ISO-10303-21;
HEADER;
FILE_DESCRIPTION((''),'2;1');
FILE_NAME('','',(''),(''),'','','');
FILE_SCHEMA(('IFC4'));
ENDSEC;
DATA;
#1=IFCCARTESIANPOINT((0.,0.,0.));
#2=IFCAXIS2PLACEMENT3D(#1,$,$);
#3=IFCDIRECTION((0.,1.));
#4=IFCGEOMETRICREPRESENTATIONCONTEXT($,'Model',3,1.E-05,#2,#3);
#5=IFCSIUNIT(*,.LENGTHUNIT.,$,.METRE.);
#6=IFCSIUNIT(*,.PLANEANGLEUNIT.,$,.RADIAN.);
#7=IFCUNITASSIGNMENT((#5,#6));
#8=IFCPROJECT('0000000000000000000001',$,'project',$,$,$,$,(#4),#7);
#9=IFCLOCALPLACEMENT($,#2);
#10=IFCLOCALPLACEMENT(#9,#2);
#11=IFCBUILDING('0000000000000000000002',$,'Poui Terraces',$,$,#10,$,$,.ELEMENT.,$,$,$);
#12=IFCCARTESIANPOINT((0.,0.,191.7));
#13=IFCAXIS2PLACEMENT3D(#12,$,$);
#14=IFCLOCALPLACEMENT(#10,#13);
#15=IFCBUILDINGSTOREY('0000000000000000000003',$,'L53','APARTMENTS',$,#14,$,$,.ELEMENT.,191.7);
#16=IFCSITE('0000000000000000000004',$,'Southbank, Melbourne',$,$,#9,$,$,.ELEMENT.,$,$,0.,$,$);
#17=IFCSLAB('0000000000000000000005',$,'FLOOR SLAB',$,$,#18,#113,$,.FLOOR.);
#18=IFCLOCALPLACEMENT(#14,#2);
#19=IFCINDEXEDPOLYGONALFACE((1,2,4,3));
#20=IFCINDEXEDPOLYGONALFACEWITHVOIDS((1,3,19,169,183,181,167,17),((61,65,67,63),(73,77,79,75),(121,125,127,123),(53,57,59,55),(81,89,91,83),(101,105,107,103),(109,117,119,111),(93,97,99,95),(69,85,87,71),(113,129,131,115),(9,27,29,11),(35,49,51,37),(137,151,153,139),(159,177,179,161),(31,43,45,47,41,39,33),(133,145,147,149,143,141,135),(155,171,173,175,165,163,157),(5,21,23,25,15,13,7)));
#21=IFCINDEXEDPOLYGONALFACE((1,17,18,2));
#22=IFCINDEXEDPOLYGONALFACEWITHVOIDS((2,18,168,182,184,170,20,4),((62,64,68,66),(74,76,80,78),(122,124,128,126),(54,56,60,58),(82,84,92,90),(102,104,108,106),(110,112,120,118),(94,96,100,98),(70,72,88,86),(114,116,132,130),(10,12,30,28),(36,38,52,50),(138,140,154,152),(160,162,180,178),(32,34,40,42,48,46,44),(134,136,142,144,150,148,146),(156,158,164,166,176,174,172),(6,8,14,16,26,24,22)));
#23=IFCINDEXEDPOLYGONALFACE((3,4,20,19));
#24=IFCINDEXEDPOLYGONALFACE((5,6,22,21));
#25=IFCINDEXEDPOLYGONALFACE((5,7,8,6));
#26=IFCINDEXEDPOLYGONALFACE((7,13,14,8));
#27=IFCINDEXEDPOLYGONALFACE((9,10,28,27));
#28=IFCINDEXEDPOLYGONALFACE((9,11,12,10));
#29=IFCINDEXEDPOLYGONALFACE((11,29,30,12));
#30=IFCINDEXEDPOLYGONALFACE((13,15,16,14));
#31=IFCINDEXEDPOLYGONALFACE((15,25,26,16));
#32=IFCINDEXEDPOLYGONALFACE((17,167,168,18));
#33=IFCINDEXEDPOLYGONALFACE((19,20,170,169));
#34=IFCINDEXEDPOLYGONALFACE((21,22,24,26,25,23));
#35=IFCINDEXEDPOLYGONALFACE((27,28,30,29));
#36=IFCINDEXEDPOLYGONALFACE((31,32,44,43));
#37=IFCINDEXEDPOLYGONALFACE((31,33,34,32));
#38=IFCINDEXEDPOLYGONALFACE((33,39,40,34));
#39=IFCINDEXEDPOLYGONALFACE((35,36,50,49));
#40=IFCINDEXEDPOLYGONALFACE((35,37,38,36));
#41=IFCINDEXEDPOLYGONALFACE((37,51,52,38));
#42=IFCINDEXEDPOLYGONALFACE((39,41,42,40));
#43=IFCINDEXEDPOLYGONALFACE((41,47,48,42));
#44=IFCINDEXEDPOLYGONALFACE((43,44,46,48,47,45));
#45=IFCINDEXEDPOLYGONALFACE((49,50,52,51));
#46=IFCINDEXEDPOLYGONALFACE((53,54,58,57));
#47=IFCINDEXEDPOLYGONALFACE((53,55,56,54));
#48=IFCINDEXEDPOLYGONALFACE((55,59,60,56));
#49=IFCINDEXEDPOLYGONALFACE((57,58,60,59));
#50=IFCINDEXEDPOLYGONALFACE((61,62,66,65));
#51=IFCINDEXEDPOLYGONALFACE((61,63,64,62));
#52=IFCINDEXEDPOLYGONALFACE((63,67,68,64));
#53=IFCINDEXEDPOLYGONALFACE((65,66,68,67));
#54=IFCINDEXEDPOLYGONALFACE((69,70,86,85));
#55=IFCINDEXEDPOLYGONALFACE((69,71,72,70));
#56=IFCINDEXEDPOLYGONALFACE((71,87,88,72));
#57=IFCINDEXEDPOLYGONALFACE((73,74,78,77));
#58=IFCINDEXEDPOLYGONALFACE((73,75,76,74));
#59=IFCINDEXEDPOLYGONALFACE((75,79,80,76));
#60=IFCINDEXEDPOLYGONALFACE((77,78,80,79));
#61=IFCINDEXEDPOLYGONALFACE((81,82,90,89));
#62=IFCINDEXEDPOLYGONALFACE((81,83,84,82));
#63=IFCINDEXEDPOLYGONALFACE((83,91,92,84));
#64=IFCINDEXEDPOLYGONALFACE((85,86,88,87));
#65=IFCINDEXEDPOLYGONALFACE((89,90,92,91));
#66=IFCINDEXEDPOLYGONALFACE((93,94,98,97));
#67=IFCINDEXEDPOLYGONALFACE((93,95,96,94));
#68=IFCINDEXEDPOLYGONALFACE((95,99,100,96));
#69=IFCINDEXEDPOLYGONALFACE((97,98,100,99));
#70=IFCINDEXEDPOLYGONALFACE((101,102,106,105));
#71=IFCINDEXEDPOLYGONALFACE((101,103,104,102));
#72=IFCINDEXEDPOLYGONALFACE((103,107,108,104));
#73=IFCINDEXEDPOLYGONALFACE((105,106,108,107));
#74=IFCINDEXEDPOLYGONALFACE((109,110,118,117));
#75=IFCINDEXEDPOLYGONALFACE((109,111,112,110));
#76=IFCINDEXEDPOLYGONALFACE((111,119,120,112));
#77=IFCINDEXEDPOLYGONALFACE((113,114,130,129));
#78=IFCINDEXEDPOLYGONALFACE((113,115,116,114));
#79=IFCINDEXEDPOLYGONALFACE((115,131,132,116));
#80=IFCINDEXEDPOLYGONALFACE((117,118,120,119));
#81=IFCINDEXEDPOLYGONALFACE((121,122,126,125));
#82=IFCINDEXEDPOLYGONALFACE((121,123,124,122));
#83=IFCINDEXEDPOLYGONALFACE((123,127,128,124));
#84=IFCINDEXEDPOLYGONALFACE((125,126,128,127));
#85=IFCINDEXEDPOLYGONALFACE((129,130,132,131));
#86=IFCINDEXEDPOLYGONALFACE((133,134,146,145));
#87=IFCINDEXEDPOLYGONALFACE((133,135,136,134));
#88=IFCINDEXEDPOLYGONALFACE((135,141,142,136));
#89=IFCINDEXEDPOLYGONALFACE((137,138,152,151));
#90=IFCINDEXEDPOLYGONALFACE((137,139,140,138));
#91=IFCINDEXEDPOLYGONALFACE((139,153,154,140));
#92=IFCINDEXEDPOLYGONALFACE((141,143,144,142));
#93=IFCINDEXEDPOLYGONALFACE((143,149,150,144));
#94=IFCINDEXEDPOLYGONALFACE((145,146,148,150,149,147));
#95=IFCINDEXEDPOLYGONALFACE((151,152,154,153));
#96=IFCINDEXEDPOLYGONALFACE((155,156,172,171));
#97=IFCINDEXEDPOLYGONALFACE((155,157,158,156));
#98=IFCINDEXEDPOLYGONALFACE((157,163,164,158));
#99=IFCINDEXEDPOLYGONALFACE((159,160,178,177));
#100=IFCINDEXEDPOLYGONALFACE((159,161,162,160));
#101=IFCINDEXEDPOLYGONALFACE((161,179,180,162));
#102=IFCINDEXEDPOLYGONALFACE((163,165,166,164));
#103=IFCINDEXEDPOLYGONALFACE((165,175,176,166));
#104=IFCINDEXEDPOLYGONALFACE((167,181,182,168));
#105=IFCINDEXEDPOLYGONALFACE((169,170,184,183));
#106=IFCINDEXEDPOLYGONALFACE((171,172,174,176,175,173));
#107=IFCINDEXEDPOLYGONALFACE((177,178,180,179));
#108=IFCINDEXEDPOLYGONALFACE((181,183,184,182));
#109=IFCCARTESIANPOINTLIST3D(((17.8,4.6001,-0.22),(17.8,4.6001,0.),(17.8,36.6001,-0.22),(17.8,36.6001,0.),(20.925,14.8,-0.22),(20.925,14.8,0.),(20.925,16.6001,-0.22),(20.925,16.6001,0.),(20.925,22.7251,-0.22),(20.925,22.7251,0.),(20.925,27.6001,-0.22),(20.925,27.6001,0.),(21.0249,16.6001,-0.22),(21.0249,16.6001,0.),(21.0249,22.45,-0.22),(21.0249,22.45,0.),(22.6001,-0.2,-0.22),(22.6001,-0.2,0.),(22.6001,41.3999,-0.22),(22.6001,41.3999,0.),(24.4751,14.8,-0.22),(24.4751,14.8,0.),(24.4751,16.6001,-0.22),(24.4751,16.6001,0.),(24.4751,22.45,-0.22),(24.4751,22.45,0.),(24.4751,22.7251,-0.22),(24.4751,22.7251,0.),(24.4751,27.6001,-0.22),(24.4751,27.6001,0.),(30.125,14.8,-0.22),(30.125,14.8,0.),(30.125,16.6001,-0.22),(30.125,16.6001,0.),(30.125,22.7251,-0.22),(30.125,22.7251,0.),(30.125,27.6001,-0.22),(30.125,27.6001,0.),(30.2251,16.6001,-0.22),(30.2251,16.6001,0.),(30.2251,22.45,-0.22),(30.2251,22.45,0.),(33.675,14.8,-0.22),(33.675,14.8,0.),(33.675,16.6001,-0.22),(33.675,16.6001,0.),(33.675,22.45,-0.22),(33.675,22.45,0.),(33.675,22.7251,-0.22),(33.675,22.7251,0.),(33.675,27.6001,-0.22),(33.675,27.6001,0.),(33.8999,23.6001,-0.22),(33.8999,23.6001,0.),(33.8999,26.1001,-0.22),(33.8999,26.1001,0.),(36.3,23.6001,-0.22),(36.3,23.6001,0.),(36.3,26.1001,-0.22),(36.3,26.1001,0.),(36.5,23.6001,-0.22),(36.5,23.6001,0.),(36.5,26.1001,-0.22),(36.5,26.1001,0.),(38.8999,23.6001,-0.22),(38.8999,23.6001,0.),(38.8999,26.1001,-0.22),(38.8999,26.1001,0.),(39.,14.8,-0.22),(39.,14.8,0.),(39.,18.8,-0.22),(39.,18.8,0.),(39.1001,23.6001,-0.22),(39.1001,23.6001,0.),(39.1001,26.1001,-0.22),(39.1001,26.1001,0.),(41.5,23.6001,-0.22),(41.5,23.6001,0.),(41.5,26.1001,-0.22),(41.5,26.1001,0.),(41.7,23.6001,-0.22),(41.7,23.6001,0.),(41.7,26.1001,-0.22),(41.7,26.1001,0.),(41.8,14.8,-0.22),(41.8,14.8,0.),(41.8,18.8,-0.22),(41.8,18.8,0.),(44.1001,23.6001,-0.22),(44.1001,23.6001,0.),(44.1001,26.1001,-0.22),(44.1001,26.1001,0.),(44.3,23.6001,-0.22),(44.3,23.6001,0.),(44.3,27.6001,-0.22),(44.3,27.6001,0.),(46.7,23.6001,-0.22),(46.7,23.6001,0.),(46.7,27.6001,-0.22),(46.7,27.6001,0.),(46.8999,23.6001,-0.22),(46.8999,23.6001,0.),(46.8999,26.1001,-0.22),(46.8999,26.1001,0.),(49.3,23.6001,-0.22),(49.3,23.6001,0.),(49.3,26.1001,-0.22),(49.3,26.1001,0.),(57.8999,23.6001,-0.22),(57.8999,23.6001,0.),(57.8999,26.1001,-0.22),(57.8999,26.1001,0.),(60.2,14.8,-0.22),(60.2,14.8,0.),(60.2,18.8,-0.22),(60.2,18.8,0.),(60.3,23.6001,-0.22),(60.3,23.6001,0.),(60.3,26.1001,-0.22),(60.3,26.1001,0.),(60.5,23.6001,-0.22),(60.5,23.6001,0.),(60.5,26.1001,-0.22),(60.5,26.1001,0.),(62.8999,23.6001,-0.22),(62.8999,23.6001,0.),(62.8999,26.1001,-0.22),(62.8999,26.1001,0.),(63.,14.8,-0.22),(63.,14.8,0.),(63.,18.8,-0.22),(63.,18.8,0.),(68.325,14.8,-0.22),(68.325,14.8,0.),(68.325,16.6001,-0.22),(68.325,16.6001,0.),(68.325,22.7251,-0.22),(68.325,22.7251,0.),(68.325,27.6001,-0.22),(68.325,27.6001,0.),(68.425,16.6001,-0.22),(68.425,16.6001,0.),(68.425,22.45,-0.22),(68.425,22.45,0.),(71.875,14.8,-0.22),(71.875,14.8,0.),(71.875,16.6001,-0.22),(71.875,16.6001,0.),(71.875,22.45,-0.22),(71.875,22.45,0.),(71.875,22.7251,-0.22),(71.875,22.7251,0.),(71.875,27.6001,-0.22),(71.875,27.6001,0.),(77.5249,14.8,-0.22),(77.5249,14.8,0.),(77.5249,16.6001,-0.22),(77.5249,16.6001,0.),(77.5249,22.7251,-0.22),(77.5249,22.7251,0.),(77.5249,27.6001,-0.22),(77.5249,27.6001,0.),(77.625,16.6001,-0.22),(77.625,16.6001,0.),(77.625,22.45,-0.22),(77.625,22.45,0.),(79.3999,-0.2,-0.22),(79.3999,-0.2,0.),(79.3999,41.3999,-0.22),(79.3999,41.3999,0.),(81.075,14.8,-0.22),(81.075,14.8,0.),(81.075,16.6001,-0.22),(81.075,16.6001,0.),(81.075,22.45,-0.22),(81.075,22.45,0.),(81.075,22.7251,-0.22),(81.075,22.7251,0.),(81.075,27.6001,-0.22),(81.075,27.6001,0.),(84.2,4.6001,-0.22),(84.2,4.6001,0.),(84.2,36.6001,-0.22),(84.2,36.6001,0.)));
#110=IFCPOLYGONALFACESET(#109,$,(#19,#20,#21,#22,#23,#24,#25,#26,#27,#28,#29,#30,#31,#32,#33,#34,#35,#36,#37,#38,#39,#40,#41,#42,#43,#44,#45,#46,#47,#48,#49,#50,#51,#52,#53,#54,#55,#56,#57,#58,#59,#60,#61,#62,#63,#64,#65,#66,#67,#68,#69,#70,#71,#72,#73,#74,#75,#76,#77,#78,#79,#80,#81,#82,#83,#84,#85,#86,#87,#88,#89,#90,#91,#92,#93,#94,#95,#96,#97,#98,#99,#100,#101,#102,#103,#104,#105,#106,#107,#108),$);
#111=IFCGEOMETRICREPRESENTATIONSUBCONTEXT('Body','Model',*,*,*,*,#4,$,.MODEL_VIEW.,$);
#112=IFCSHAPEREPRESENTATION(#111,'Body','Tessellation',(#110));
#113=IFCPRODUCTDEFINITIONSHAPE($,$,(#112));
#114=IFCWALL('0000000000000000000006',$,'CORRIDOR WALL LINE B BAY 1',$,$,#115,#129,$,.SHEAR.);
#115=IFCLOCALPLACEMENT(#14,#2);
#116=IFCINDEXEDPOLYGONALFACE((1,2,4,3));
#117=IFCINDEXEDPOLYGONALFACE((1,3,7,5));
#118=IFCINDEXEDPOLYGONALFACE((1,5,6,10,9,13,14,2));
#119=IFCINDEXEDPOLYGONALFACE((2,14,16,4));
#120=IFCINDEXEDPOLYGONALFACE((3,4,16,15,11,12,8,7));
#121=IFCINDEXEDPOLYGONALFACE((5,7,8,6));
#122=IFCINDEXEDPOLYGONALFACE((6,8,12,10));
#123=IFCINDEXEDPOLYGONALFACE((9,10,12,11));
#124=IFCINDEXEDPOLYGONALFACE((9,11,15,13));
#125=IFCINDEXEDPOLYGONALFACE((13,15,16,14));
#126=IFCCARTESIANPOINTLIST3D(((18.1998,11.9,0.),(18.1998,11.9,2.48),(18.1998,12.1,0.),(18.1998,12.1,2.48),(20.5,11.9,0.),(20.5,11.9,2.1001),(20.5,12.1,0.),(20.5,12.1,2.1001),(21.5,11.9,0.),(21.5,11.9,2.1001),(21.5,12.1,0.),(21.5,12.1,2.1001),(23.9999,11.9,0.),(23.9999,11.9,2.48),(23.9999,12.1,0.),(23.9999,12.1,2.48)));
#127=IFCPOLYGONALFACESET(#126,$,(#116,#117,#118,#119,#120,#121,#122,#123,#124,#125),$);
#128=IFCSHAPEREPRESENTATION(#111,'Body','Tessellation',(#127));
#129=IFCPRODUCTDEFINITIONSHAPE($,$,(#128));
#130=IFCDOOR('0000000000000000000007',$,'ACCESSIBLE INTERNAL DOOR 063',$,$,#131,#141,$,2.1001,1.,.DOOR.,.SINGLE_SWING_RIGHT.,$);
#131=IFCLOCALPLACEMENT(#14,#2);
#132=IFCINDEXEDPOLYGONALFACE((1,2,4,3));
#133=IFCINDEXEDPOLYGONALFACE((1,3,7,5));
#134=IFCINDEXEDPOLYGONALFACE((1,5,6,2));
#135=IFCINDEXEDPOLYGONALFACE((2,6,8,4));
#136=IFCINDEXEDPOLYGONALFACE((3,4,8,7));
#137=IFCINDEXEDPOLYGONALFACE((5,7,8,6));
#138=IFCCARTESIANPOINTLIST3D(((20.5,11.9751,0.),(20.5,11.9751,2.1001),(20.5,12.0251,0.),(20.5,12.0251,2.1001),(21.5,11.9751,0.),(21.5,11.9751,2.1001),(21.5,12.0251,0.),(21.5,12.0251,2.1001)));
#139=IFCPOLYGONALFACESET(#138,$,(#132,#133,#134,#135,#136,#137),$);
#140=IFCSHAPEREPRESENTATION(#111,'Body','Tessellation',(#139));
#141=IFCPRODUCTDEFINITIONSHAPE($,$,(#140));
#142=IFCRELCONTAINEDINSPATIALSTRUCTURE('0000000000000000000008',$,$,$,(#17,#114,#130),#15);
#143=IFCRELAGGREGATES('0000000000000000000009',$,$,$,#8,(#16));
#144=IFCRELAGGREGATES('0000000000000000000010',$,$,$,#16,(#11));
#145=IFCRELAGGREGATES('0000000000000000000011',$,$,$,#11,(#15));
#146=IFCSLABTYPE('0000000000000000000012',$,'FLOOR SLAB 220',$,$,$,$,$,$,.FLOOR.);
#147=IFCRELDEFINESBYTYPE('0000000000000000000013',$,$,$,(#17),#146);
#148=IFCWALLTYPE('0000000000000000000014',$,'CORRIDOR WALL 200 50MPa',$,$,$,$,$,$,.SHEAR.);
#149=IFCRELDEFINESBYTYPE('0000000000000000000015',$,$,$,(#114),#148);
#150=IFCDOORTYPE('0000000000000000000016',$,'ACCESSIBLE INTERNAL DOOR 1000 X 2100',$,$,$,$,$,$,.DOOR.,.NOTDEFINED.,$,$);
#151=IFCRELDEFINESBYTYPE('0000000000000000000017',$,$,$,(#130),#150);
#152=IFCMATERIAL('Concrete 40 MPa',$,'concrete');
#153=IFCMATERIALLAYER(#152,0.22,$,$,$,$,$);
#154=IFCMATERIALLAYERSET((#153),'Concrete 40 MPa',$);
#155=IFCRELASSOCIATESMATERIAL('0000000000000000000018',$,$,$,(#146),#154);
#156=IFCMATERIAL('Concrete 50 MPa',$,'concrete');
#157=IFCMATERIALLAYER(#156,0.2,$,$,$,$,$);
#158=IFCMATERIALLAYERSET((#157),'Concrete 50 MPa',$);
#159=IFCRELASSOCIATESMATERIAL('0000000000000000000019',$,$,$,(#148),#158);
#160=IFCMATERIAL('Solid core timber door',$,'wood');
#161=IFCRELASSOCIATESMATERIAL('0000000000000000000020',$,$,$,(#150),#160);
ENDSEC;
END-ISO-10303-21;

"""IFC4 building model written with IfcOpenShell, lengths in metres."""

from ifc_helpers import new_model, si_unit, direction, frame, frame_2d, origin, place, context, subcontext, project, spatial, polyline, rectangle, outline, extrude, source, transform, mapped, material, layer, layer_set, type_object, element, fill, save


model = new_model("IFC4")

# Units and contexts
model_context = context("Model", 3, precision=1e-05, world=origin(), true_north=direction((0.0, 1.0)))
body_context = subcontext(model_context, "Body", "Model", "MODEL_VIEW")
ifc_project = project(units=[si_unit("LENGTHUNIT", "METRE"), si_unit("PLANEANGLEUNIT", "RADIAN")], contexts=[model_context])

# Site, building, storey
site_placement = place(None, origin())
site = spatial("IfcSite", under=ifc_project, at=site_placement, Name="Southbank, Melbourne", CompositionType="ELEMENT", RefElevation=0.0)
building_placement = place(site_placement, origin())
building = spatial("IfcBuilding", under=site, at=building_placement, Name="Poui Terraces", CompositionType="ELEMENT")
storey_placement = place(building_placement, frame((0.0, 0.0, 191.7)))
storey = spatial("IfcBuildingStorey", under=building, at=storey_placement, Name="L53", Description="APARTMENTS", CompositionType="ELEMENT", Elevation=191.7)

# Shared definitions
ifc_material_1 = material(Name="Concrete 50 MPa", Category="concrete")

# Slab
ifc_material_2 = material(Name="Concrete 40 MPa", Category="concrete")
ifc_layer_1 = layer(ifc_material_2, 0.22)
ifc_layer_set_1 = layer_set([ifc_layer_1], Name="Concrete 40 MPa")
slab_type_1 = type_object("IfcSlabType", Name="FLOOR SLAB 220", PredefinedType="FLOOR", material=ifc_layer_set_1)
shared_shape_1 = source(origin(), body_context, "Body", "SweptSolid", [
    extrude(outline(polyline([(0.0, 0.0), (4.8, -4.8), (61.5999, -4.8), (66.3999, 0.0), (66.3999, 32.0), (61.5999, 36.7998), (4.8, 36.7998), (0.0, 32.0), (0.0, 0.0)]), holes=[polyline([(21.2, 10.2), (21.2, 14.2), (24.0, 14.2), (24.0, 10.2), (21.2, 10.2)]), polyline([(3.2249, 17.8499), (6.675, 17.8499), (6.675, 12.0), (6.675, 10.2), (3.125, 10.2), (3.125, 12.0), (3.2249, 12.0), (3.2249, 17.8499)]), polyline([(12.425, 17.8499), (15.875, 17.8499), (15.875, 12.0), (15.875, 10.2), (12.325, 10.2), (12.325, 12.0), (12.425, 12.0), (12.425, 17.8499)]), polyline([(16.0999, 19.0), (16.0999, 21.5), (18.5, 21.5), (18.5, 19.0), (16.0999, 19.0)]), polyline([(18.7, 19.0), (18.7, 21.5), (21.0999, 21.5), (21.0999, 19.0), (18.7, 19.0)]), polyline([(21.3, 19.0), (21.3, 21.5), (23.7, 21.5), (23.7, 19.0), (21.3, 19.0)]), polyline([(23.8999, 19.0), (23.8999, 21.5), (26.3, 21.5), (26.3, 19.0), (23.8999, 19.0)]), polyline([(3.125, 23.0), (6.675, 23.0), (6.675, 18.125), (3.125, 18.125), (3.125, 23.0)]), polyline([(12.325, 23.0), (15.875, 23.0), (15.875, 18.125), (12.325, 18.125), (12.325, 23.0)]), polyline([(42.3999, 10.2), (42.3999, 14.2), (45.2, 14.2), (45.2, 10.2), (42.3999, 10.2)]), polyline([(50.625, 17.8499), (54.075, 17.8499), (54.075, 12.0), (54.075, 10.2), (50.5249, 10.2), (50.5249, 12.0), (50.625, 12.0), (50.625, 17.8499)]), polyline([(59.825, 17.8499), (63.2749, 17.8499), (63.2749, 12.0), (63.2749, 10.2), (59.7249, 10.2), (59.7249, 12.0), (59.825, 12.0), (59.825, 17.8499)]), polyline([(29.0999, 19.0), (29.0999, 21.5), (31.5, 21.5), (31.5, 19.0), (29.0999, 19.0)]), polyline([(40.0999, 19.0), (40.0999, 21.5), (42.5, 21.5), (42.5, 19.0), (40.0999, 19.0)]), polyline([(42.7, 19.0), (42.7, 21.5), (45.0999, 21.5), (45.0999, 19.0), (42.7, 19.0)]), polyline([(50.5249, 18.125), (50.5249, 23.0), (54.075, 23.0), (54.075, 18.125), (50.5249, 18.125)]), polyline([(59.7249, 23.0), (63.2749, 23.0), (63.2749, 18.125), (59.7249, 18.125), (59.7249, 23.0)]), polyline([(26.5, 23.0), (28.8999, 23.0), (28.8999, 19.0), (26.5, 19.0), (26.5, 23.0)])]), origin(), (0.0, 0.0, 1.0), 0.22),
])
slab_1_placement = place(storey_placement, frame((17.8, 4.6001, -0.22)))
element("IfcSlab", 1, at=slab_1_placement, inside=storey, type_object=slab_type_1, Name="FLOOR SLAB", PredefinedType="FLOOR", context=body_context, shape_type="MappedRepresentation", body=[
    mapped(shared_shape_1, transform((0.0, 0.0, 0.0))),
])

# Wall, opening, door
ifc_layer_2 = layer(ifc_material_1, 0.2)
ifc_layer_set_2 = layer_set([ifc_layer_2], Name="Concrete 50 MPa")
wall_type_1 = type_object("IfcWallType", Name="CORRIDOR WALL 200 50MPa", PredefinedType="SHEAR", material=ifc_layer_set_2)
wall_1_placement = place(storey_placement, frame((18.2, 12.0, 0.0), z_axis=(0.0, 0.0, 1.0), x_axis=(1.0, 0.0, 0.0)))
wall_1 = element("IfcWall", 2, at=wall_1_placement, inside=storey, type_object=wall_type_1, Name="CORRIDOR WALL LINE B BAY 1", PredefinedType="SHEAR", context=body_context, shape_type="SweptSolid", body=[
    extrude(rectangle(XDim=5.8, YDim=0.2, at=frame_2d((2.8999, 0.0))), origin(), (0.0, 0.0, 1.0), 2.48),
])
opening_1_placement = place(wall_1_placement, frame((2.3, 0.0, 0.0)))
opening_1 = element("IfcOpeningElement", 3, at=opening_1_placement, cuts=wall_1, PredefinedType="OPENING", context=body_context, shape_type="SweptSolid", body=[
    extrude(rectangle(XDim=1.0, YDim=2.1001, at=frame_2d((0.5, 1.05))), frame((0.0, 0.1099, 0.0), z_axis=(0.0, -1.0, 0.0), x_axis=(1.0, 0.0, 0.0)), (0.0, 0.0, 1.0), 0.22),
])
ifc_material_3 = material(Name="Solid core timber door", Category="wood")
door_type = type_object("IfcDoorType", Name="ACCESSIBLE INTERNAL DOOR 1000 X 2100", OperationType="NOTDEFINED", PredefinedType="DOOR", material=ifc_material_3)
door_placement = place(opening_1_placement, frame((1.0, 0.0, 0.0), z_axis=(0.0, 0.0, 1.0), x_axis=(-1.0, 0.0, 0.0)))
door = element("IfcDoor", 4, at=door_placement, inside=storey, type_object=door_type, Name="ACCESSIBLE INTERNAL DOOR 063", OperationType="SINGLE_SWING_RIGHT", OverallHeight=2.1001, OverallWidth=1.0, PredefinedType="DOOR", context=body_context, shape_type="SweptSolid", body=[
    extrude(rectangle(XDim=1.0, YDim=2.1001, at=frame_2d((0.5, 1.05))), frame((0.0, 0.0249, 0.0), z_axis=(0.0, -1.0, 0.0), x_axis=(1.0, 0.0, 0.0)), (0.0, 0.0, 1.0), 0.05),
])
fill(opening_1, door)

save(model, "model.ifc")
